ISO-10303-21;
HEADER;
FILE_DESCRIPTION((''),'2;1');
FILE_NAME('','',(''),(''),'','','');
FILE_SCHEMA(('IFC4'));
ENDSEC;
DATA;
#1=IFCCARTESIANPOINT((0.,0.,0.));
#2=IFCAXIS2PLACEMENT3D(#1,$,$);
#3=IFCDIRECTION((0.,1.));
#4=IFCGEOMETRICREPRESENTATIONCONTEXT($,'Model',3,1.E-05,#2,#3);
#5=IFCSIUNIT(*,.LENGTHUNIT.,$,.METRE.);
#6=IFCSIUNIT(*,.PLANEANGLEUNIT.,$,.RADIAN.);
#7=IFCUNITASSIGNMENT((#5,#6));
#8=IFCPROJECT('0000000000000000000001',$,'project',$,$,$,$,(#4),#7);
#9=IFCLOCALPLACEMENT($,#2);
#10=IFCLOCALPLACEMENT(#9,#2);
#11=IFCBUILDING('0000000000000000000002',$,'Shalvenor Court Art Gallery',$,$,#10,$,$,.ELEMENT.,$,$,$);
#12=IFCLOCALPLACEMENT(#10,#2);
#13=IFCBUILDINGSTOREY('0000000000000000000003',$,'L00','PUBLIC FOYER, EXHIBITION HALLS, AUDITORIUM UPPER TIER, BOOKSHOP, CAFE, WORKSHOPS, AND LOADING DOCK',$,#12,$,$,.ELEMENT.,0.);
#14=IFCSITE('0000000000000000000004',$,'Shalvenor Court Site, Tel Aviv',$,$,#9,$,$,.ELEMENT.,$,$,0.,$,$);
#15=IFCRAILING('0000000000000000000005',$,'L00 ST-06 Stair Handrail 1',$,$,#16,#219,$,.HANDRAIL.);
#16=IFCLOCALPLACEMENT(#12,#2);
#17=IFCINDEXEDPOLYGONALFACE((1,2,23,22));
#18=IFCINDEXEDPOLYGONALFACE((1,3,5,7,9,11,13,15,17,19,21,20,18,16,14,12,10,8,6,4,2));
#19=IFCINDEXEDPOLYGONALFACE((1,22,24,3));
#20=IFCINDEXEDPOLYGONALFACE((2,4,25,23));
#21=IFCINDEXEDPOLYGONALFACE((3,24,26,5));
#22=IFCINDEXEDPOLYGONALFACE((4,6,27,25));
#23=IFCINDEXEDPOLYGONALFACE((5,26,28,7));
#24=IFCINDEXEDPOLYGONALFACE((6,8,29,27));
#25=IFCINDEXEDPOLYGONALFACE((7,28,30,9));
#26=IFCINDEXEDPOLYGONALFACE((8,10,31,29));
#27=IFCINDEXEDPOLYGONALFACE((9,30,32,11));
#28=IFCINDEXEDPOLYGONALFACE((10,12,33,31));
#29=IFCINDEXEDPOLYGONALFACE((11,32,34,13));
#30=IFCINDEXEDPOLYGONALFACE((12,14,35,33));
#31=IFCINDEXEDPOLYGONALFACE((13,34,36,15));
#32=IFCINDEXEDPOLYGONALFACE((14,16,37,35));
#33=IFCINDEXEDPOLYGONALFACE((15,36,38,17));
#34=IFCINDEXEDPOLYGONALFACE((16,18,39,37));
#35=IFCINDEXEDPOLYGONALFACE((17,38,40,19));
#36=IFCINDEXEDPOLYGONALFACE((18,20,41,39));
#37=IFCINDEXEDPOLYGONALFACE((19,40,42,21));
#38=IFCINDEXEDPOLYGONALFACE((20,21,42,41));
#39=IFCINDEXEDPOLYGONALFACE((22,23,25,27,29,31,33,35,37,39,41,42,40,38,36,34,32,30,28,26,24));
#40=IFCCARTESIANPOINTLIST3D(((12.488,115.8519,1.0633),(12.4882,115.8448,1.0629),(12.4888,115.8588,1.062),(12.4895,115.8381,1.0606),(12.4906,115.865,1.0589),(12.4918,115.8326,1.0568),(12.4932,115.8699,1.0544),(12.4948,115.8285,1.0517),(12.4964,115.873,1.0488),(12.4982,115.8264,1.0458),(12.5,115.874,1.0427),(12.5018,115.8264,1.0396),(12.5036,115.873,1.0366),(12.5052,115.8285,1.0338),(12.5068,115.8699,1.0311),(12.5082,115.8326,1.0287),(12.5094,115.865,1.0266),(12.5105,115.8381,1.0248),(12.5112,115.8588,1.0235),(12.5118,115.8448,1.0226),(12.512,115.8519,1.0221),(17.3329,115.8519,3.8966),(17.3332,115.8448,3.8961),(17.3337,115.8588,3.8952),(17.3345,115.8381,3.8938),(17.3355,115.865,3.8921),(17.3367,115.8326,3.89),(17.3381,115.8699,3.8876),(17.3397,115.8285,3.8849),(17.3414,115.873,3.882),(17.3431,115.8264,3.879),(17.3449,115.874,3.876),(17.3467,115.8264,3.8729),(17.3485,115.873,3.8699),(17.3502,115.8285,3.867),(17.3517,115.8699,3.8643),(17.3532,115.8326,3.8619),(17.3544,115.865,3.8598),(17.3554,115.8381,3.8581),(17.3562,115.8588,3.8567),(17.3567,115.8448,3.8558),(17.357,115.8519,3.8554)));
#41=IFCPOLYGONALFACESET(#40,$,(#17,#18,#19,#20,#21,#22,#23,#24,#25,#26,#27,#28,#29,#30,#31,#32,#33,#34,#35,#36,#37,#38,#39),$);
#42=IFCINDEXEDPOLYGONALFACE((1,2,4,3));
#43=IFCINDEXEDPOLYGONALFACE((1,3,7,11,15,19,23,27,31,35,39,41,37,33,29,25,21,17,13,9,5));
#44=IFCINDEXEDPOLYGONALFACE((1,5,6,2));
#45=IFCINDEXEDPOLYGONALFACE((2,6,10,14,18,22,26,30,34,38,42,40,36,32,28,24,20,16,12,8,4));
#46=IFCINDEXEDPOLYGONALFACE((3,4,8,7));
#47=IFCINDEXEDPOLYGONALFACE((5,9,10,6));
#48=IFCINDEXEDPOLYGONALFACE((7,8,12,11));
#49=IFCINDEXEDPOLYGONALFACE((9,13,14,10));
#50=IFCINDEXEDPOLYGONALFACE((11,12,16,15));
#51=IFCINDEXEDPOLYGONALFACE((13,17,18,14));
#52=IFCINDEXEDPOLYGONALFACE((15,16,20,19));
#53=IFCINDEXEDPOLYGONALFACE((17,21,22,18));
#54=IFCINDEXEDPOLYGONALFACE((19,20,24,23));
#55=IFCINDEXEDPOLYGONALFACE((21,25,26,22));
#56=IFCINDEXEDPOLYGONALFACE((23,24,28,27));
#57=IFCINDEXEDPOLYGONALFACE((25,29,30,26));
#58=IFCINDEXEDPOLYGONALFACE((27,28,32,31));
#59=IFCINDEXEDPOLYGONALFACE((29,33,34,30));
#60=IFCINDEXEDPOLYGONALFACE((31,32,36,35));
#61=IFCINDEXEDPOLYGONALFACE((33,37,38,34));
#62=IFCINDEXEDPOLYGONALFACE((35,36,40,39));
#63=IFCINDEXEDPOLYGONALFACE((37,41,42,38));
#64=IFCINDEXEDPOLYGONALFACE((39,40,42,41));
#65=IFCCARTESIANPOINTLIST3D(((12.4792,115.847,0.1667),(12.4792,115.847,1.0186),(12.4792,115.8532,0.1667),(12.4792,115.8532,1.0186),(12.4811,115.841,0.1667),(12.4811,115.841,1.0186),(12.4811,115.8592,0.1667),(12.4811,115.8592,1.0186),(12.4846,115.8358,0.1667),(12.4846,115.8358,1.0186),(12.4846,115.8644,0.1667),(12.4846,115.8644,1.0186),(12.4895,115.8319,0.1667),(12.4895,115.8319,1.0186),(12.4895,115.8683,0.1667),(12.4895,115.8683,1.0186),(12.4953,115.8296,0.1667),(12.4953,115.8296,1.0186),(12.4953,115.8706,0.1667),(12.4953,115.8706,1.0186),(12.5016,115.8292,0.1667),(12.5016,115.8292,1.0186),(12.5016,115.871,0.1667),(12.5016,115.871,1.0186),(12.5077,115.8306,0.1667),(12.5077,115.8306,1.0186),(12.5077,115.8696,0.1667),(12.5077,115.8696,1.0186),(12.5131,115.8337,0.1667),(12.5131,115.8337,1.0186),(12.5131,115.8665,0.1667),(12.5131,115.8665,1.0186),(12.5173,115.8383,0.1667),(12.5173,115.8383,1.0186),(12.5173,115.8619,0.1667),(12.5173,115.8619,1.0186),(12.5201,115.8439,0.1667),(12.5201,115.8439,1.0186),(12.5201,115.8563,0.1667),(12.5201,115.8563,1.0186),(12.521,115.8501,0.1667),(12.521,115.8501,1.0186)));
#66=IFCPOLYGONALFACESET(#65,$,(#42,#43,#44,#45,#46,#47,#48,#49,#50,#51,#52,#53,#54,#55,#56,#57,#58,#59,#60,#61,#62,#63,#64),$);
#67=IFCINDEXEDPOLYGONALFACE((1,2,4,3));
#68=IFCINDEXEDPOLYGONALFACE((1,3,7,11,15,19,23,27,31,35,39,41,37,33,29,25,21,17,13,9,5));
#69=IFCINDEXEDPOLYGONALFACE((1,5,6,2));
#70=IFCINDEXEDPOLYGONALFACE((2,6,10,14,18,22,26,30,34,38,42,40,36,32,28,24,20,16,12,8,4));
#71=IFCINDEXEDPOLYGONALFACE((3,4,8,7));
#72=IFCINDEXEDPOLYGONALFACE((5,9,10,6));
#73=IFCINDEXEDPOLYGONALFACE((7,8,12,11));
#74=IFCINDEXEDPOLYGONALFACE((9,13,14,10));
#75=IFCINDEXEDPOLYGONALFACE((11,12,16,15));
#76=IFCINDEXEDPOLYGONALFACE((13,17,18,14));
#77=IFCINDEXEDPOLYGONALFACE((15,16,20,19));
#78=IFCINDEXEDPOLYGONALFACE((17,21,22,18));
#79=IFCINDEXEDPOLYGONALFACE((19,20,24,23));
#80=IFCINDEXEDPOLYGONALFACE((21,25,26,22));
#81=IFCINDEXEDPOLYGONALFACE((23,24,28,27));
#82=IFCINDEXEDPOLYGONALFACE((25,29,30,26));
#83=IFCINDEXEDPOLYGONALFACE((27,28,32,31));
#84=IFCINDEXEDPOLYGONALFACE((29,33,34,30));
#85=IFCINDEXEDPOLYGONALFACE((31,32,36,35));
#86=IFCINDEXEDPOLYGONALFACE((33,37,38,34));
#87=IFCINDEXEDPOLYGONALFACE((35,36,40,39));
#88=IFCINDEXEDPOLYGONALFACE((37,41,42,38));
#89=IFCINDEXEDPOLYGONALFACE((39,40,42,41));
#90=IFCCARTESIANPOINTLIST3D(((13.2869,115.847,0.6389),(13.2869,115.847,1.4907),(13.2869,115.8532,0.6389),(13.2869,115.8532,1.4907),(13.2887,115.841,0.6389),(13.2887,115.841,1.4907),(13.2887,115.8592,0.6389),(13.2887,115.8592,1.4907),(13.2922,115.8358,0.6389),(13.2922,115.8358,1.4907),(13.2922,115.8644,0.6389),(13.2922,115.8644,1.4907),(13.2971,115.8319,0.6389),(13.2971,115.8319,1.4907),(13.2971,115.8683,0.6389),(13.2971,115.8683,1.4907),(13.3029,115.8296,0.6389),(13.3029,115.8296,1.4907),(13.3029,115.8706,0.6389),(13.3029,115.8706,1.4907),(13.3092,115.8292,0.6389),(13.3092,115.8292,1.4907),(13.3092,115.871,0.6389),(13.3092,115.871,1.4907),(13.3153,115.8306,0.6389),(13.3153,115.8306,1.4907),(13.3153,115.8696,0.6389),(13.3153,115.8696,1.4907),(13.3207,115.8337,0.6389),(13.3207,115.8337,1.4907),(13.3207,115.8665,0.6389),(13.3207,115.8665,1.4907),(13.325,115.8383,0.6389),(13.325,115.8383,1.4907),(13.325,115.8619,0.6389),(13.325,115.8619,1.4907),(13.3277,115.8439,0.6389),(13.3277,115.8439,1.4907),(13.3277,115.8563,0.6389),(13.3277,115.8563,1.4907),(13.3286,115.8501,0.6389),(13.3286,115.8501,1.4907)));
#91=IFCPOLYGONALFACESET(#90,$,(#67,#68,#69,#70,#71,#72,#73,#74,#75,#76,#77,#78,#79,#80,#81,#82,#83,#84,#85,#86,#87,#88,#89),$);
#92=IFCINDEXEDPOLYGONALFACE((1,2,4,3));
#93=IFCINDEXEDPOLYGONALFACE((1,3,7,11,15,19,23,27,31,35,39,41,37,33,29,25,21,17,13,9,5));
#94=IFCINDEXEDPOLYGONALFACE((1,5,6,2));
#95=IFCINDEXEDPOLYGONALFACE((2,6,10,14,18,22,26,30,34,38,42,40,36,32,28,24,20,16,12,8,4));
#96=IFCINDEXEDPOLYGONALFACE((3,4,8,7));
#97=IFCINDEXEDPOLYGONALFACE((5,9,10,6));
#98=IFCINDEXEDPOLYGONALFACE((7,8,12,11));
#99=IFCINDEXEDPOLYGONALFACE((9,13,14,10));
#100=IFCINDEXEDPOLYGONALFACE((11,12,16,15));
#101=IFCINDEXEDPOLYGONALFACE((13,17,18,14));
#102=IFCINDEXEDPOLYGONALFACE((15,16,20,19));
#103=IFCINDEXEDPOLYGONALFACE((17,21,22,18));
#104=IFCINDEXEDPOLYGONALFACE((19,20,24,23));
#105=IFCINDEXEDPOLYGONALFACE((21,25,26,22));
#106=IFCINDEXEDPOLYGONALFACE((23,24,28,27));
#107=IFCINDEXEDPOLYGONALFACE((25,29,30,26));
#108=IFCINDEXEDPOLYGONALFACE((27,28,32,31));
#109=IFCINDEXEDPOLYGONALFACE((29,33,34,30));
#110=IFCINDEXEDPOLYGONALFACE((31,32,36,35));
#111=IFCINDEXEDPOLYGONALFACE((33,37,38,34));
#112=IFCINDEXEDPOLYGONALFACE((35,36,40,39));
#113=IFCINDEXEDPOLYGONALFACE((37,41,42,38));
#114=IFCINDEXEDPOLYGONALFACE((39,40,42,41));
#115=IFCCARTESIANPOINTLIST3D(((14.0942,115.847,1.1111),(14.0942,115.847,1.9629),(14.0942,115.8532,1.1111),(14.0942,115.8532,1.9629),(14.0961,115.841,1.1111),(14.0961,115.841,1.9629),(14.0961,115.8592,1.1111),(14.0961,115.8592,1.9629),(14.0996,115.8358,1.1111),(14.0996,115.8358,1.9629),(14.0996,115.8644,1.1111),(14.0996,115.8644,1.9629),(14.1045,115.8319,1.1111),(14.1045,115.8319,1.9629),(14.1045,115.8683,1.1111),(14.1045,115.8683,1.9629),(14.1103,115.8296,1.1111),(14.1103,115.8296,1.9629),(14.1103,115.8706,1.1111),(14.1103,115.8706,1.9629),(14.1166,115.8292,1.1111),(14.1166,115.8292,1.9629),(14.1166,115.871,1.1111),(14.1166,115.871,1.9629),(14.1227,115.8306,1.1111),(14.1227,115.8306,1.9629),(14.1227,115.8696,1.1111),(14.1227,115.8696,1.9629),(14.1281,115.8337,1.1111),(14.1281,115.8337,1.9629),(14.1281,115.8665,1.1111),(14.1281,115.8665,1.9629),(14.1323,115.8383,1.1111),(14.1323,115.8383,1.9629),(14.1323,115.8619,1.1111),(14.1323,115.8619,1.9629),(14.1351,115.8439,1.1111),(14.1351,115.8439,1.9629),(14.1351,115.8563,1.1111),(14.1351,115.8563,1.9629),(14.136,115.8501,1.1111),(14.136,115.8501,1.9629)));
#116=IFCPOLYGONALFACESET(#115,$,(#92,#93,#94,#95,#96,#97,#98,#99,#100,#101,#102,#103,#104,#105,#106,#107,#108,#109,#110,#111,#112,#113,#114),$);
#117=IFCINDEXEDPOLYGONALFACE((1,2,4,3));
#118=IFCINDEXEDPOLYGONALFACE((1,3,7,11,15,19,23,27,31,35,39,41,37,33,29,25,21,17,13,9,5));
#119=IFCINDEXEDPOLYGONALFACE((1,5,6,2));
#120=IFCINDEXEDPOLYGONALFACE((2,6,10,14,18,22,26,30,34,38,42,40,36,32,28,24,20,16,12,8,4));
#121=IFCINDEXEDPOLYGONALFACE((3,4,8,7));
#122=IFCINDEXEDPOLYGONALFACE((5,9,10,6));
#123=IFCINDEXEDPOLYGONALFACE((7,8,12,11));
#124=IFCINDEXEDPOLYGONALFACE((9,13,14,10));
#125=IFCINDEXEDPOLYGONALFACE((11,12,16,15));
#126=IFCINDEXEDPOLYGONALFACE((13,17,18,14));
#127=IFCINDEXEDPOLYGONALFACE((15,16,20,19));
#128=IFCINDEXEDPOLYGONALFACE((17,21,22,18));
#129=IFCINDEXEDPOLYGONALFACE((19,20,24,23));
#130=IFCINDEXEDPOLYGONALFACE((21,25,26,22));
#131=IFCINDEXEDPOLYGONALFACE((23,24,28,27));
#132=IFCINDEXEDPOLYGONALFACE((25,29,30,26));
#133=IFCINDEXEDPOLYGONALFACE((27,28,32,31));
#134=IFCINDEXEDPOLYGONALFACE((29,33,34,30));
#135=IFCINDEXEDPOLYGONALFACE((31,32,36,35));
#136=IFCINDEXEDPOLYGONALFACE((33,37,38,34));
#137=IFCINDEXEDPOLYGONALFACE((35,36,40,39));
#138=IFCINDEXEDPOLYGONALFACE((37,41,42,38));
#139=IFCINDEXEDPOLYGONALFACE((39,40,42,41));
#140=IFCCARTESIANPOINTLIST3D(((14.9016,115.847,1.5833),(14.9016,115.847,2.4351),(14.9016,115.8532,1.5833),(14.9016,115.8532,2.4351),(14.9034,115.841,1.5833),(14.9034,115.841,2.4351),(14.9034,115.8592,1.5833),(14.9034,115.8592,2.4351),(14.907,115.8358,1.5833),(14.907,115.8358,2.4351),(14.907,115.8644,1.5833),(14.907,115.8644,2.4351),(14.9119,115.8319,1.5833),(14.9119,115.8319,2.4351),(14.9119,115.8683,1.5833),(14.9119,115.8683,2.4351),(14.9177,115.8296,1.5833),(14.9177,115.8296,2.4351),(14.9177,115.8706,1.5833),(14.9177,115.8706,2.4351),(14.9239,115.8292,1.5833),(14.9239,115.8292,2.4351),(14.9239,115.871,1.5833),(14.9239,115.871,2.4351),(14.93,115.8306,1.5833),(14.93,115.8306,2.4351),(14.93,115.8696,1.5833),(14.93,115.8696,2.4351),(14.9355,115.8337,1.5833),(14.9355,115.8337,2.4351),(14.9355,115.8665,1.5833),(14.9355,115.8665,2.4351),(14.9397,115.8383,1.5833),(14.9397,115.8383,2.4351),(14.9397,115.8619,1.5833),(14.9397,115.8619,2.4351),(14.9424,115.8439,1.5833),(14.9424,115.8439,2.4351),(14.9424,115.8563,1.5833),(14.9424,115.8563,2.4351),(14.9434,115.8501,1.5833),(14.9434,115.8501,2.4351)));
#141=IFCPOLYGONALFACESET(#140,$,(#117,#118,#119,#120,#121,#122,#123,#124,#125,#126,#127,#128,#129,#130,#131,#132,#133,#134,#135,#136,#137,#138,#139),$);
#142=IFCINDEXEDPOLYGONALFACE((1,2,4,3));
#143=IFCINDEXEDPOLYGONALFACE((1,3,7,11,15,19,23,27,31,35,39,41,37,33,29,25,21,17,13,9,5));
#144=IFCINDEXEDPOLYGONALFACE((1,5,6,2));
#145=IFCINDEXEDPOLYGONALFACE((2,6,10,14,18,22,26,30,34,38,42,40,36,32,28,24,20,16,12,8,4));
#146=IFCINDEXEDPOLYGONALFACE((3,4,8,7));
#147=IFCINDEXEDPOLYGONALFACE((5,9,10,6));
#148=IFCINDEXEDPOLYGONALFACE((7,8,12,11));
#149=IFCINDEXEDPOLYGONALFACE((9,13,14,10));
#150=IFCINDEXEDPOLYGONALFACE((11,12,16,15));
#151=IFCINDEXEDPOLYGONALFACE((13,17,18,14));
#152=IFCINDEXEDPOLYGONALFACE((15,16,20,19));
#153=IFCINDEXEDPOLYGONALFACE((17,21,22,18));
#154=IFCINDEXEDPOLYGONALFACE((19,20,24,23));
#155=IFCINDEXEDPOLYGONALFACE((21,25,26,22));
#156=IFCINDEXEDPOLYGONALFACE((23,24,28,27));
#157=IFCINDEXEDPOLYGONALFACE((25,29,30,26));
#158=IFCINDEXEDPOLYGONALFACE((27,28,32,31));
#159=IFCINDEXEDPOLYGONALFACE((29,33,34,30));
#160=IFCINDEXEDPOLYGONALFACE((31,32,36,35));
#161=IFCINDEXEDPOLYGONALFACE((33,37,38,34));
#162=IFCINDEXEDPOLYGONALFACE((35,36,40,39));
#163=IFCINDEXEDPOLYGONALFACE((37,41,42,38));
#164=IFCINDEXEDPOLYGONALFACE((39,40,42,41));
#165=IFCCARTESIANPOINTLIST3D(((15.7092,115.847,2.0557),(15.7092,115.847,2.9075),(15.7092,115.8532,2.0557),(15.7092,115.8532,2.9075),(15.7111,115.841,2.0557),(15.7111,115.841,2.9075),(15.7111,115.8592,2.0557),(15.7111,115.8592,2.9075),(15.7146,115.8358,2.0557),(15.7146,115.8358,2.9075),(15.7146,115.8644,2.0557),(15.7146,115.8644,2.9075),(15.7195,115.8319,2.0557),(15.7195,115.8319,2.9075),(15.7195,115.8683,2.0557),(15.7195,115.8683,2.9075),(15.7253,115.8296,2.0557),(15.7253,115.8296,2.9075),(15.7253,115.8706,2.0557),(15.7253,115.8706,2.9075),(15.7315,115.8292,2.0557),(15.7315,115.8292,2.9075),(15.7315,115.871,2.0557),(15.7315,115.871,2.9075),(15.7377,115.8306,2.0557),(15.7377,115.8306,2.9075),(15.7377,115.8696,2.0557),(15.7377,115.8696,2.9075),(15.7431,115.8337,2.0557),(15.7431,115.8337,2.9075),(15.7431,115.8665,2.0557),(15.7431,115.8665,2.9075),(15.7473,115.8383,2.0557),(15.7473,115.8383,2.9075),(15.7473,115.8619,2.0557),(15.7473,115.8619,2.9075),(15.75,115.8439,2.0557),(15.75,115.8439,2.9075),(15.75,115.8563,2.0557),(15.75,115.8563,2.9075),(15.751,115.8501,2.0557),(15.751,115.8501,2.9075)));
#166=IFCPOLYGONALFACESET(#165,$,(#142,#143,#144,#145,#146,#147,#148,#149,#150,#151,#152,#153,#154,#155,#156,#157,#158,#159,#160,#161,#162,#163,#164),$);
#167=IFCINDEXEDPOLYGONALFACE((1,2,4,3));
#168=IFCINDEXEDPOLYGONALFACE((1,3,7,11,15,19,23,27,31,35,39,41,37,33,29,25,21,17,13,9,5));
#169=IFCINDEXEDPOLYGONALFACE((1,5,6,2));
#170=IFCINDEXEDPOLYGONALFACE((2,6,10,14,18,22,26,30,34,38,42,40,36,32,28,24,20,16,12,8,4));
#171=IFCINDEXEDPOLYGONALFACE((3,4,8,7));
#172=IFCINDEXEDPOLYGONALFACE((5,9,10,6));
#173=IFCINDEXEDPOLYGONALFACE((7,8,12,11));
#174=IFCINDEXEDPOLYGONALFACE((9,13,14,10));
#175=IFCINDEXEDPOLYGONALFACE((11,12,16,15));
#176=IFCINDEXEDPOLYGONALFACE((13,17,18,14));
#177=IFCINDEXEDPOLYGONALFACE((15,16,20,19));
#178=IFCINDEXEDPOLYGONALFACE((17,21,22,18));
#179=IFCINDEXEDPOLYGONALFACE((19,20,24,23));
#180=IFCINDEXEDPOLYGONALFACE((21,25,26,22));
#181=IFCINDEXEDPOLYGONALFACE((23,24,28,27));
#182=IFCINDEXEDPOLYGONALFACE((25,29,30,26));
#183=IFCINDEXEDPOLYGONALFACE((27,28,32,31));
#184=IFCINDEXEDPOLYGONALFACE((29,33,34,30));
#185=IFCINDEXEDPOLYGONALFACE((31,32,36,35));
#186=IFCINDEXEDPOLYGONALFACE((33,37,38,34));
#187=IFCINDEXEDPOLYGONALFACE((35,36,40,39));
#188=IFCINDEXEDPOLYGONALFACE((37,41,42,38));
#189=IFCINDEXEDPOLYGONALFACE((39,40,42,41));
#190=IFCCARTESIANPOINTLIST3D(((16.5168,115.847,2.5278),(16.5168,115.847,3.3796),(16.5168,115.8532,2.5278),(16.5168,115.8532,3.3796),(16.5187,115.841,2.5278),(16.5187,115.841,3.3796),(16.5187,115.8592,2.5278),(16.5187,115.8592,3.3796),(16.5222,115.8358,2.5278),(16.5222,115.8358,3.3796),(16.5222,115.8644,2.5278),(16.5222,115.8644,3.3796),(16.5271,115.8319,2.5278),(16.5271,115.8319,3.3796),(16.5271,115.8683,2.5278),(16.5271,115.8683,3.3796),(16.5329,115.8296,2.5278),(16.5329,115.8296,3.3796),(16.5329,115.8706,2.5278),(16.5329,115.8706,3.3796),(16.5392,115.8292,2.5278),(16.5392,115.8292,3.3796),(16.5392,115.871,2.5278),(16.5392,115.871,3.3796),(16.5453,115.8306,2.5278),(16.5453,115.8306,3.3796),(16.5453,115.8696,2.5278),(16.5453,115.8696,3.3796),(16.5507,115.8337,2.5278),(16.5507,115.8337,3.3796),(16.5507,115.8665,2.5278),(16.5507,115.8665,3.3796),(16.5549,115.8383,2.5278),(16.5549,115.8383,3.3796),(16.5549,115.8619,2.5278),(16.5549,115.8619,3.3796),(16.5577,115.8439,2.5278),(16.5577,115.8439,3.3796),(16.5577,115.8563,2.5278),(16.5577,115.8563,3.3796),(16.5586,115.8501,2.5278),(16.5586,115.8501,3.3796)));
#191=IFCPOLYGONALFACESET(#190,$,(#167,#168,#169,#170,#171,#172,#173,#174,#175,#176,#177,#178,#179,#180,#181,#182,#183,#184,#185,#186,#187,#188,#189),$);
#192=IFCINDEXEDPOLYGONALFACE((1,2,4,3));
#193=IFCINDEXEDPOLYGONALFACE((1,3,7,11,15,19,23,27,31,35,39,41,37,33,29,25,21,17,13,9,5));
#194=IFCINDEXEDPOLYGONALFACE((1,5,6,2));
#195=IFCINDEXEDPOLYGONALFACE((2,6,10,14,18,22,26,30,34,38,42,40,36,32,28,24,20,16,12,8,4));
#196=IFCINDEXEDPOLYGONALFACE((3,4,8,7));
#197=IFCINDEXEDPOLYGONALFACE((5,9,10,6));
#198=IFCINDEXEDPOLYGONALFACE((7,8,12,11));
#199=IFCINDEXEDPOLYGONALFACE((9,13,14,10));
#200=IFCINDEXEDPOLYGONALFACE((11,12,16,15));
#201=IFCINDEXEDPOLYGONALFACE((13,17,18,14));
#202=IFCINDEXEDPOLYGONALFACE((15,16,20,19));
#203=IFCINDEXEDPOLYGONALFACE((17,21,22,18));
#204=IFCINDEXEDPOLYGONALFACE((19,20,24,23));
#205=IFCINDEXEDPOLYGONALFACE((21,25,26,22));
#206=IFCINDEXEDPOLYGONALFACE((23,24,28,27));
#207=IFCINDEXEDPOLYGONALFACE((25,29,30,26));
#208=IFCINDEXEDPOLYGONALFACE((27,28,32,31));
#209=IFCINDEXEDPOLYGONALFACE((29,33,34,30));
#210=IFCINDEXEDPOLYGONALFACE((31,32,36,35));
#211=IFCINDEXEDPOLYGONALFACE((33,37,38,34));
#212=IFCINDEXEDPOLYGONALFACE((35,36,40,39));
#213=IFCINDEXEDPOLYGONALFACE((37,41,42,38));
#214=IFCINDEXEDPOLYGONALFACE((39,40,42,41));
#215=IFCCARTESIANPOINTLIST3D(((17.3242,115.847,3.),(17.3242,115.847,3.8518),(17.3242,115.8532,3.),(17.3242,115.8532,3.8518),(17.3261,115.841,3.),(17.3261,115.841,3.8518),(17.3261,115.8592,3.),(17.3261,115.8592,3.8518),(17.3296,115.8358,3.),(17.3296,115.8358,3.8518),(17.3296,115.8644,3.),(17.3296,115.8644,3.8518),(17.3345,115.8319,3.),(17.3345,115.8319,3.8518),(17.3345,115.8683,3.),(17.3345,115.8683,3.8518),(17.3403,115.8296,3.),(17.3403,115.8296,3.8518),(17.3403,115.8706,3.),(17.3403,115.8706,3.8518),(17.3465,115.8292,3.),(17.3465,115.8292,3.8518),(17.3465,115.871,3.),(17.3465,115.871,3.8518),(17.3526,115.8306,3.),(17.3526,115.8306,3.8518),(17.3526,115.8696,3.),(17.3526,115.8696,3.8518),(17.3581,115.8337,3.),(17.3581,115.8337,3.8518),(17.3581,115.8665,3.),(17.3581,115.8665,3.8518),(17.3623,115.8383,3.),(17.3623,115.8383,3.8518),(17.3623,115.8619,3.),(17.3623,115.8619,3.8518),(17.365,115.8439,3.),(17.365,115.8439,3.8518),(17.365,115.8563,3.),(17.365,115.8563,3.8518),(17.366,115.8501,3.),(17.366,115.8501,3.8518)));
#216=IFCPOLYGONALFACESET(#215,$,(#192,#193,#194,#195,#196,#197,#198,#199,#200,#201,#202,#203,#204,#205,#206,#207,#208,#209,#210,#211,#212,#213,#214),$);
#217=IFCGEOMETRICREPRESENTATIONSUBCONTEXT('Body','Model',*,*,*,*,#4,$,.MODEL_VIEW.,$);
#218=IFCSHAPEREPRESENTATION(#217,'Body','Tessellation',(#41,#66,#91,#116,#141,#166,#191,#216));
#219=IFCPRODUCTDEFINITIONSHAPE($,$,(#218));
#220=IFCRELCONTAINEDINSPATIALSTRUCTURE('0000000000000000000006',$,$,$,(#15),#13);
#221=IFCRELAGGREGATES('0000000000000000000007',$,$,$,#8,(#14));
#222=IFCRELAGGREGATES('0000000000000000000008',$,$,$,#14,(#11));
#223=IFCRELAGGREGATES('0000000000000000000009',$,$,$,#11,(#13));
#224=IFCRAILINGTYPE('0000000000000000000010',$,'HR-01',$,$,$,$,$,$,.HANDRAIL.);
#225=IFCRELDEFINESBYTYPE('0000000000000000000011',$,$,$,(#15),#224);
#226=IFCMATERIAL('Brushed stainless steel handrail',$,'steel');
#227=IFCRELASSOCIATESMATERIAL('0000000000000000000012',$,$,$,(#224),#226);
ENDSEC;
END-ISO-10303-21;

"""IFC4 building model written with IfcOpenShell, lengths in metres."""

from ifc_helpers import new_model, si_unit, direction, frame, origin, origin_2d, place, context, subcontext, project, spatial, circle, extrude, material, type_object, element, save


model = new_model("IFC4")

# Units and contexts
model_context = context("Model", 3, precision=1e-05, world=origin(), true_north=direction((0.0, 1.0)))
body_context = subcontext(model_context, "Body", "Model", "MODEL_VIEW")
ifc_project = project(units=[si_unit("LENGTHUNIT", "METRE"), si_unit("PLANEANGLEUNIT", "RADIAN")], contexts=[model_context])

# Site, building, storey
site_placement = place(None, origin())
site = spatial("IfcSite", under=ifc_project, at=site_placement, Name="Shalvenor Court Site, Tel Aviv", CompositionType="ELEMENT", RefElevation=0.0)
building_placement = place(site_placement, origin())
building = spatial("IfcBuilding", under=site, at=building_placement, Name="Shalvenor Court Art Gallery", CompositionType="ELEMENT")
storey_placement = place(building_placement, origin())
storey = spatial("IfcBuildingStorey", under=building, at=storey_placement, Name="L00", Description="PUBLIC FOYER, EXHIBITION HALLS, AUDITORIUM UPPER TIER, BOOKSHOP, CAFE, WORKSHOPS, AND LOADING DOCK", CompositionType="ELEMENT", Elevation=0.0)

# Railing
ifc_material_1 = material(Name="Brushed stainless steel handrail", Category="steel")
railing_type_1 = type_object("IfcRailingType", Name="HR-01", PredefinedType="HANDRAIL", material=ifc_material_1)
railing_1_placement = place(storey_placement, frame((12.5, 115.8501, 0.1667)))
element("IfcRailing", 1, at=railing_1_placement, inside=storey, type_object=railing_type_1, Name="L00 ST-06 Stair Handrail 1", PredefinedType="HANDRAIL", context=body_context, shape_type="SweptSolid", body=[
    extrude(circle(Radius=0.0239, at=origin_2d()), frame((0.0, 0.0, 0.876), z_axis=(0.863234, 0.0, 0.504804), x_axis=(0.0, 1.0, 0.0)), (0.0, 0.0, 1.0), 5.6125),
    extrude(circle(Radius=0.021, at=origin_2d()), origin(), (0.0, 0.0, 1.0), 0.8518),
    extrude(circle(Radius=0.021, at=origin_2d()), frame((0.8076, 0.0, 0.4722)), (0.0, 0.0, 1.0), 0.8518),
    extrude(circle(Radius=0.021, at=origin_2d()), frame((1.615, 0.0, 0.9443)), (0.0, 0.0, 1.0), 0.8518),
    extrude(circle(Radius=0.021, at=origin_2d()), frame((2.4224, 0.0, 1.4165)), (0.0, 0.0, 1.0), 0.8518),
    extrude(circle(Radius=0.021, at=origin_2d()), frame((3.23, 0.0, 1.8889)), (0.0, 0.0, 1.0), 0.8518),
    extrude(circle(Radius=0.021, at=origin_2d()), frame((4.0376, 0.0, 2.3611)), (0.0, 0.0, 1.0), 0.8518),
    extrude(circle(Radius=0.021, at=origin_2d()), frame((4.845, 0.0, 2.8333)), (0.0, 0.0, 1.0), 0.8518),
])

save(model, "model.ifc")
